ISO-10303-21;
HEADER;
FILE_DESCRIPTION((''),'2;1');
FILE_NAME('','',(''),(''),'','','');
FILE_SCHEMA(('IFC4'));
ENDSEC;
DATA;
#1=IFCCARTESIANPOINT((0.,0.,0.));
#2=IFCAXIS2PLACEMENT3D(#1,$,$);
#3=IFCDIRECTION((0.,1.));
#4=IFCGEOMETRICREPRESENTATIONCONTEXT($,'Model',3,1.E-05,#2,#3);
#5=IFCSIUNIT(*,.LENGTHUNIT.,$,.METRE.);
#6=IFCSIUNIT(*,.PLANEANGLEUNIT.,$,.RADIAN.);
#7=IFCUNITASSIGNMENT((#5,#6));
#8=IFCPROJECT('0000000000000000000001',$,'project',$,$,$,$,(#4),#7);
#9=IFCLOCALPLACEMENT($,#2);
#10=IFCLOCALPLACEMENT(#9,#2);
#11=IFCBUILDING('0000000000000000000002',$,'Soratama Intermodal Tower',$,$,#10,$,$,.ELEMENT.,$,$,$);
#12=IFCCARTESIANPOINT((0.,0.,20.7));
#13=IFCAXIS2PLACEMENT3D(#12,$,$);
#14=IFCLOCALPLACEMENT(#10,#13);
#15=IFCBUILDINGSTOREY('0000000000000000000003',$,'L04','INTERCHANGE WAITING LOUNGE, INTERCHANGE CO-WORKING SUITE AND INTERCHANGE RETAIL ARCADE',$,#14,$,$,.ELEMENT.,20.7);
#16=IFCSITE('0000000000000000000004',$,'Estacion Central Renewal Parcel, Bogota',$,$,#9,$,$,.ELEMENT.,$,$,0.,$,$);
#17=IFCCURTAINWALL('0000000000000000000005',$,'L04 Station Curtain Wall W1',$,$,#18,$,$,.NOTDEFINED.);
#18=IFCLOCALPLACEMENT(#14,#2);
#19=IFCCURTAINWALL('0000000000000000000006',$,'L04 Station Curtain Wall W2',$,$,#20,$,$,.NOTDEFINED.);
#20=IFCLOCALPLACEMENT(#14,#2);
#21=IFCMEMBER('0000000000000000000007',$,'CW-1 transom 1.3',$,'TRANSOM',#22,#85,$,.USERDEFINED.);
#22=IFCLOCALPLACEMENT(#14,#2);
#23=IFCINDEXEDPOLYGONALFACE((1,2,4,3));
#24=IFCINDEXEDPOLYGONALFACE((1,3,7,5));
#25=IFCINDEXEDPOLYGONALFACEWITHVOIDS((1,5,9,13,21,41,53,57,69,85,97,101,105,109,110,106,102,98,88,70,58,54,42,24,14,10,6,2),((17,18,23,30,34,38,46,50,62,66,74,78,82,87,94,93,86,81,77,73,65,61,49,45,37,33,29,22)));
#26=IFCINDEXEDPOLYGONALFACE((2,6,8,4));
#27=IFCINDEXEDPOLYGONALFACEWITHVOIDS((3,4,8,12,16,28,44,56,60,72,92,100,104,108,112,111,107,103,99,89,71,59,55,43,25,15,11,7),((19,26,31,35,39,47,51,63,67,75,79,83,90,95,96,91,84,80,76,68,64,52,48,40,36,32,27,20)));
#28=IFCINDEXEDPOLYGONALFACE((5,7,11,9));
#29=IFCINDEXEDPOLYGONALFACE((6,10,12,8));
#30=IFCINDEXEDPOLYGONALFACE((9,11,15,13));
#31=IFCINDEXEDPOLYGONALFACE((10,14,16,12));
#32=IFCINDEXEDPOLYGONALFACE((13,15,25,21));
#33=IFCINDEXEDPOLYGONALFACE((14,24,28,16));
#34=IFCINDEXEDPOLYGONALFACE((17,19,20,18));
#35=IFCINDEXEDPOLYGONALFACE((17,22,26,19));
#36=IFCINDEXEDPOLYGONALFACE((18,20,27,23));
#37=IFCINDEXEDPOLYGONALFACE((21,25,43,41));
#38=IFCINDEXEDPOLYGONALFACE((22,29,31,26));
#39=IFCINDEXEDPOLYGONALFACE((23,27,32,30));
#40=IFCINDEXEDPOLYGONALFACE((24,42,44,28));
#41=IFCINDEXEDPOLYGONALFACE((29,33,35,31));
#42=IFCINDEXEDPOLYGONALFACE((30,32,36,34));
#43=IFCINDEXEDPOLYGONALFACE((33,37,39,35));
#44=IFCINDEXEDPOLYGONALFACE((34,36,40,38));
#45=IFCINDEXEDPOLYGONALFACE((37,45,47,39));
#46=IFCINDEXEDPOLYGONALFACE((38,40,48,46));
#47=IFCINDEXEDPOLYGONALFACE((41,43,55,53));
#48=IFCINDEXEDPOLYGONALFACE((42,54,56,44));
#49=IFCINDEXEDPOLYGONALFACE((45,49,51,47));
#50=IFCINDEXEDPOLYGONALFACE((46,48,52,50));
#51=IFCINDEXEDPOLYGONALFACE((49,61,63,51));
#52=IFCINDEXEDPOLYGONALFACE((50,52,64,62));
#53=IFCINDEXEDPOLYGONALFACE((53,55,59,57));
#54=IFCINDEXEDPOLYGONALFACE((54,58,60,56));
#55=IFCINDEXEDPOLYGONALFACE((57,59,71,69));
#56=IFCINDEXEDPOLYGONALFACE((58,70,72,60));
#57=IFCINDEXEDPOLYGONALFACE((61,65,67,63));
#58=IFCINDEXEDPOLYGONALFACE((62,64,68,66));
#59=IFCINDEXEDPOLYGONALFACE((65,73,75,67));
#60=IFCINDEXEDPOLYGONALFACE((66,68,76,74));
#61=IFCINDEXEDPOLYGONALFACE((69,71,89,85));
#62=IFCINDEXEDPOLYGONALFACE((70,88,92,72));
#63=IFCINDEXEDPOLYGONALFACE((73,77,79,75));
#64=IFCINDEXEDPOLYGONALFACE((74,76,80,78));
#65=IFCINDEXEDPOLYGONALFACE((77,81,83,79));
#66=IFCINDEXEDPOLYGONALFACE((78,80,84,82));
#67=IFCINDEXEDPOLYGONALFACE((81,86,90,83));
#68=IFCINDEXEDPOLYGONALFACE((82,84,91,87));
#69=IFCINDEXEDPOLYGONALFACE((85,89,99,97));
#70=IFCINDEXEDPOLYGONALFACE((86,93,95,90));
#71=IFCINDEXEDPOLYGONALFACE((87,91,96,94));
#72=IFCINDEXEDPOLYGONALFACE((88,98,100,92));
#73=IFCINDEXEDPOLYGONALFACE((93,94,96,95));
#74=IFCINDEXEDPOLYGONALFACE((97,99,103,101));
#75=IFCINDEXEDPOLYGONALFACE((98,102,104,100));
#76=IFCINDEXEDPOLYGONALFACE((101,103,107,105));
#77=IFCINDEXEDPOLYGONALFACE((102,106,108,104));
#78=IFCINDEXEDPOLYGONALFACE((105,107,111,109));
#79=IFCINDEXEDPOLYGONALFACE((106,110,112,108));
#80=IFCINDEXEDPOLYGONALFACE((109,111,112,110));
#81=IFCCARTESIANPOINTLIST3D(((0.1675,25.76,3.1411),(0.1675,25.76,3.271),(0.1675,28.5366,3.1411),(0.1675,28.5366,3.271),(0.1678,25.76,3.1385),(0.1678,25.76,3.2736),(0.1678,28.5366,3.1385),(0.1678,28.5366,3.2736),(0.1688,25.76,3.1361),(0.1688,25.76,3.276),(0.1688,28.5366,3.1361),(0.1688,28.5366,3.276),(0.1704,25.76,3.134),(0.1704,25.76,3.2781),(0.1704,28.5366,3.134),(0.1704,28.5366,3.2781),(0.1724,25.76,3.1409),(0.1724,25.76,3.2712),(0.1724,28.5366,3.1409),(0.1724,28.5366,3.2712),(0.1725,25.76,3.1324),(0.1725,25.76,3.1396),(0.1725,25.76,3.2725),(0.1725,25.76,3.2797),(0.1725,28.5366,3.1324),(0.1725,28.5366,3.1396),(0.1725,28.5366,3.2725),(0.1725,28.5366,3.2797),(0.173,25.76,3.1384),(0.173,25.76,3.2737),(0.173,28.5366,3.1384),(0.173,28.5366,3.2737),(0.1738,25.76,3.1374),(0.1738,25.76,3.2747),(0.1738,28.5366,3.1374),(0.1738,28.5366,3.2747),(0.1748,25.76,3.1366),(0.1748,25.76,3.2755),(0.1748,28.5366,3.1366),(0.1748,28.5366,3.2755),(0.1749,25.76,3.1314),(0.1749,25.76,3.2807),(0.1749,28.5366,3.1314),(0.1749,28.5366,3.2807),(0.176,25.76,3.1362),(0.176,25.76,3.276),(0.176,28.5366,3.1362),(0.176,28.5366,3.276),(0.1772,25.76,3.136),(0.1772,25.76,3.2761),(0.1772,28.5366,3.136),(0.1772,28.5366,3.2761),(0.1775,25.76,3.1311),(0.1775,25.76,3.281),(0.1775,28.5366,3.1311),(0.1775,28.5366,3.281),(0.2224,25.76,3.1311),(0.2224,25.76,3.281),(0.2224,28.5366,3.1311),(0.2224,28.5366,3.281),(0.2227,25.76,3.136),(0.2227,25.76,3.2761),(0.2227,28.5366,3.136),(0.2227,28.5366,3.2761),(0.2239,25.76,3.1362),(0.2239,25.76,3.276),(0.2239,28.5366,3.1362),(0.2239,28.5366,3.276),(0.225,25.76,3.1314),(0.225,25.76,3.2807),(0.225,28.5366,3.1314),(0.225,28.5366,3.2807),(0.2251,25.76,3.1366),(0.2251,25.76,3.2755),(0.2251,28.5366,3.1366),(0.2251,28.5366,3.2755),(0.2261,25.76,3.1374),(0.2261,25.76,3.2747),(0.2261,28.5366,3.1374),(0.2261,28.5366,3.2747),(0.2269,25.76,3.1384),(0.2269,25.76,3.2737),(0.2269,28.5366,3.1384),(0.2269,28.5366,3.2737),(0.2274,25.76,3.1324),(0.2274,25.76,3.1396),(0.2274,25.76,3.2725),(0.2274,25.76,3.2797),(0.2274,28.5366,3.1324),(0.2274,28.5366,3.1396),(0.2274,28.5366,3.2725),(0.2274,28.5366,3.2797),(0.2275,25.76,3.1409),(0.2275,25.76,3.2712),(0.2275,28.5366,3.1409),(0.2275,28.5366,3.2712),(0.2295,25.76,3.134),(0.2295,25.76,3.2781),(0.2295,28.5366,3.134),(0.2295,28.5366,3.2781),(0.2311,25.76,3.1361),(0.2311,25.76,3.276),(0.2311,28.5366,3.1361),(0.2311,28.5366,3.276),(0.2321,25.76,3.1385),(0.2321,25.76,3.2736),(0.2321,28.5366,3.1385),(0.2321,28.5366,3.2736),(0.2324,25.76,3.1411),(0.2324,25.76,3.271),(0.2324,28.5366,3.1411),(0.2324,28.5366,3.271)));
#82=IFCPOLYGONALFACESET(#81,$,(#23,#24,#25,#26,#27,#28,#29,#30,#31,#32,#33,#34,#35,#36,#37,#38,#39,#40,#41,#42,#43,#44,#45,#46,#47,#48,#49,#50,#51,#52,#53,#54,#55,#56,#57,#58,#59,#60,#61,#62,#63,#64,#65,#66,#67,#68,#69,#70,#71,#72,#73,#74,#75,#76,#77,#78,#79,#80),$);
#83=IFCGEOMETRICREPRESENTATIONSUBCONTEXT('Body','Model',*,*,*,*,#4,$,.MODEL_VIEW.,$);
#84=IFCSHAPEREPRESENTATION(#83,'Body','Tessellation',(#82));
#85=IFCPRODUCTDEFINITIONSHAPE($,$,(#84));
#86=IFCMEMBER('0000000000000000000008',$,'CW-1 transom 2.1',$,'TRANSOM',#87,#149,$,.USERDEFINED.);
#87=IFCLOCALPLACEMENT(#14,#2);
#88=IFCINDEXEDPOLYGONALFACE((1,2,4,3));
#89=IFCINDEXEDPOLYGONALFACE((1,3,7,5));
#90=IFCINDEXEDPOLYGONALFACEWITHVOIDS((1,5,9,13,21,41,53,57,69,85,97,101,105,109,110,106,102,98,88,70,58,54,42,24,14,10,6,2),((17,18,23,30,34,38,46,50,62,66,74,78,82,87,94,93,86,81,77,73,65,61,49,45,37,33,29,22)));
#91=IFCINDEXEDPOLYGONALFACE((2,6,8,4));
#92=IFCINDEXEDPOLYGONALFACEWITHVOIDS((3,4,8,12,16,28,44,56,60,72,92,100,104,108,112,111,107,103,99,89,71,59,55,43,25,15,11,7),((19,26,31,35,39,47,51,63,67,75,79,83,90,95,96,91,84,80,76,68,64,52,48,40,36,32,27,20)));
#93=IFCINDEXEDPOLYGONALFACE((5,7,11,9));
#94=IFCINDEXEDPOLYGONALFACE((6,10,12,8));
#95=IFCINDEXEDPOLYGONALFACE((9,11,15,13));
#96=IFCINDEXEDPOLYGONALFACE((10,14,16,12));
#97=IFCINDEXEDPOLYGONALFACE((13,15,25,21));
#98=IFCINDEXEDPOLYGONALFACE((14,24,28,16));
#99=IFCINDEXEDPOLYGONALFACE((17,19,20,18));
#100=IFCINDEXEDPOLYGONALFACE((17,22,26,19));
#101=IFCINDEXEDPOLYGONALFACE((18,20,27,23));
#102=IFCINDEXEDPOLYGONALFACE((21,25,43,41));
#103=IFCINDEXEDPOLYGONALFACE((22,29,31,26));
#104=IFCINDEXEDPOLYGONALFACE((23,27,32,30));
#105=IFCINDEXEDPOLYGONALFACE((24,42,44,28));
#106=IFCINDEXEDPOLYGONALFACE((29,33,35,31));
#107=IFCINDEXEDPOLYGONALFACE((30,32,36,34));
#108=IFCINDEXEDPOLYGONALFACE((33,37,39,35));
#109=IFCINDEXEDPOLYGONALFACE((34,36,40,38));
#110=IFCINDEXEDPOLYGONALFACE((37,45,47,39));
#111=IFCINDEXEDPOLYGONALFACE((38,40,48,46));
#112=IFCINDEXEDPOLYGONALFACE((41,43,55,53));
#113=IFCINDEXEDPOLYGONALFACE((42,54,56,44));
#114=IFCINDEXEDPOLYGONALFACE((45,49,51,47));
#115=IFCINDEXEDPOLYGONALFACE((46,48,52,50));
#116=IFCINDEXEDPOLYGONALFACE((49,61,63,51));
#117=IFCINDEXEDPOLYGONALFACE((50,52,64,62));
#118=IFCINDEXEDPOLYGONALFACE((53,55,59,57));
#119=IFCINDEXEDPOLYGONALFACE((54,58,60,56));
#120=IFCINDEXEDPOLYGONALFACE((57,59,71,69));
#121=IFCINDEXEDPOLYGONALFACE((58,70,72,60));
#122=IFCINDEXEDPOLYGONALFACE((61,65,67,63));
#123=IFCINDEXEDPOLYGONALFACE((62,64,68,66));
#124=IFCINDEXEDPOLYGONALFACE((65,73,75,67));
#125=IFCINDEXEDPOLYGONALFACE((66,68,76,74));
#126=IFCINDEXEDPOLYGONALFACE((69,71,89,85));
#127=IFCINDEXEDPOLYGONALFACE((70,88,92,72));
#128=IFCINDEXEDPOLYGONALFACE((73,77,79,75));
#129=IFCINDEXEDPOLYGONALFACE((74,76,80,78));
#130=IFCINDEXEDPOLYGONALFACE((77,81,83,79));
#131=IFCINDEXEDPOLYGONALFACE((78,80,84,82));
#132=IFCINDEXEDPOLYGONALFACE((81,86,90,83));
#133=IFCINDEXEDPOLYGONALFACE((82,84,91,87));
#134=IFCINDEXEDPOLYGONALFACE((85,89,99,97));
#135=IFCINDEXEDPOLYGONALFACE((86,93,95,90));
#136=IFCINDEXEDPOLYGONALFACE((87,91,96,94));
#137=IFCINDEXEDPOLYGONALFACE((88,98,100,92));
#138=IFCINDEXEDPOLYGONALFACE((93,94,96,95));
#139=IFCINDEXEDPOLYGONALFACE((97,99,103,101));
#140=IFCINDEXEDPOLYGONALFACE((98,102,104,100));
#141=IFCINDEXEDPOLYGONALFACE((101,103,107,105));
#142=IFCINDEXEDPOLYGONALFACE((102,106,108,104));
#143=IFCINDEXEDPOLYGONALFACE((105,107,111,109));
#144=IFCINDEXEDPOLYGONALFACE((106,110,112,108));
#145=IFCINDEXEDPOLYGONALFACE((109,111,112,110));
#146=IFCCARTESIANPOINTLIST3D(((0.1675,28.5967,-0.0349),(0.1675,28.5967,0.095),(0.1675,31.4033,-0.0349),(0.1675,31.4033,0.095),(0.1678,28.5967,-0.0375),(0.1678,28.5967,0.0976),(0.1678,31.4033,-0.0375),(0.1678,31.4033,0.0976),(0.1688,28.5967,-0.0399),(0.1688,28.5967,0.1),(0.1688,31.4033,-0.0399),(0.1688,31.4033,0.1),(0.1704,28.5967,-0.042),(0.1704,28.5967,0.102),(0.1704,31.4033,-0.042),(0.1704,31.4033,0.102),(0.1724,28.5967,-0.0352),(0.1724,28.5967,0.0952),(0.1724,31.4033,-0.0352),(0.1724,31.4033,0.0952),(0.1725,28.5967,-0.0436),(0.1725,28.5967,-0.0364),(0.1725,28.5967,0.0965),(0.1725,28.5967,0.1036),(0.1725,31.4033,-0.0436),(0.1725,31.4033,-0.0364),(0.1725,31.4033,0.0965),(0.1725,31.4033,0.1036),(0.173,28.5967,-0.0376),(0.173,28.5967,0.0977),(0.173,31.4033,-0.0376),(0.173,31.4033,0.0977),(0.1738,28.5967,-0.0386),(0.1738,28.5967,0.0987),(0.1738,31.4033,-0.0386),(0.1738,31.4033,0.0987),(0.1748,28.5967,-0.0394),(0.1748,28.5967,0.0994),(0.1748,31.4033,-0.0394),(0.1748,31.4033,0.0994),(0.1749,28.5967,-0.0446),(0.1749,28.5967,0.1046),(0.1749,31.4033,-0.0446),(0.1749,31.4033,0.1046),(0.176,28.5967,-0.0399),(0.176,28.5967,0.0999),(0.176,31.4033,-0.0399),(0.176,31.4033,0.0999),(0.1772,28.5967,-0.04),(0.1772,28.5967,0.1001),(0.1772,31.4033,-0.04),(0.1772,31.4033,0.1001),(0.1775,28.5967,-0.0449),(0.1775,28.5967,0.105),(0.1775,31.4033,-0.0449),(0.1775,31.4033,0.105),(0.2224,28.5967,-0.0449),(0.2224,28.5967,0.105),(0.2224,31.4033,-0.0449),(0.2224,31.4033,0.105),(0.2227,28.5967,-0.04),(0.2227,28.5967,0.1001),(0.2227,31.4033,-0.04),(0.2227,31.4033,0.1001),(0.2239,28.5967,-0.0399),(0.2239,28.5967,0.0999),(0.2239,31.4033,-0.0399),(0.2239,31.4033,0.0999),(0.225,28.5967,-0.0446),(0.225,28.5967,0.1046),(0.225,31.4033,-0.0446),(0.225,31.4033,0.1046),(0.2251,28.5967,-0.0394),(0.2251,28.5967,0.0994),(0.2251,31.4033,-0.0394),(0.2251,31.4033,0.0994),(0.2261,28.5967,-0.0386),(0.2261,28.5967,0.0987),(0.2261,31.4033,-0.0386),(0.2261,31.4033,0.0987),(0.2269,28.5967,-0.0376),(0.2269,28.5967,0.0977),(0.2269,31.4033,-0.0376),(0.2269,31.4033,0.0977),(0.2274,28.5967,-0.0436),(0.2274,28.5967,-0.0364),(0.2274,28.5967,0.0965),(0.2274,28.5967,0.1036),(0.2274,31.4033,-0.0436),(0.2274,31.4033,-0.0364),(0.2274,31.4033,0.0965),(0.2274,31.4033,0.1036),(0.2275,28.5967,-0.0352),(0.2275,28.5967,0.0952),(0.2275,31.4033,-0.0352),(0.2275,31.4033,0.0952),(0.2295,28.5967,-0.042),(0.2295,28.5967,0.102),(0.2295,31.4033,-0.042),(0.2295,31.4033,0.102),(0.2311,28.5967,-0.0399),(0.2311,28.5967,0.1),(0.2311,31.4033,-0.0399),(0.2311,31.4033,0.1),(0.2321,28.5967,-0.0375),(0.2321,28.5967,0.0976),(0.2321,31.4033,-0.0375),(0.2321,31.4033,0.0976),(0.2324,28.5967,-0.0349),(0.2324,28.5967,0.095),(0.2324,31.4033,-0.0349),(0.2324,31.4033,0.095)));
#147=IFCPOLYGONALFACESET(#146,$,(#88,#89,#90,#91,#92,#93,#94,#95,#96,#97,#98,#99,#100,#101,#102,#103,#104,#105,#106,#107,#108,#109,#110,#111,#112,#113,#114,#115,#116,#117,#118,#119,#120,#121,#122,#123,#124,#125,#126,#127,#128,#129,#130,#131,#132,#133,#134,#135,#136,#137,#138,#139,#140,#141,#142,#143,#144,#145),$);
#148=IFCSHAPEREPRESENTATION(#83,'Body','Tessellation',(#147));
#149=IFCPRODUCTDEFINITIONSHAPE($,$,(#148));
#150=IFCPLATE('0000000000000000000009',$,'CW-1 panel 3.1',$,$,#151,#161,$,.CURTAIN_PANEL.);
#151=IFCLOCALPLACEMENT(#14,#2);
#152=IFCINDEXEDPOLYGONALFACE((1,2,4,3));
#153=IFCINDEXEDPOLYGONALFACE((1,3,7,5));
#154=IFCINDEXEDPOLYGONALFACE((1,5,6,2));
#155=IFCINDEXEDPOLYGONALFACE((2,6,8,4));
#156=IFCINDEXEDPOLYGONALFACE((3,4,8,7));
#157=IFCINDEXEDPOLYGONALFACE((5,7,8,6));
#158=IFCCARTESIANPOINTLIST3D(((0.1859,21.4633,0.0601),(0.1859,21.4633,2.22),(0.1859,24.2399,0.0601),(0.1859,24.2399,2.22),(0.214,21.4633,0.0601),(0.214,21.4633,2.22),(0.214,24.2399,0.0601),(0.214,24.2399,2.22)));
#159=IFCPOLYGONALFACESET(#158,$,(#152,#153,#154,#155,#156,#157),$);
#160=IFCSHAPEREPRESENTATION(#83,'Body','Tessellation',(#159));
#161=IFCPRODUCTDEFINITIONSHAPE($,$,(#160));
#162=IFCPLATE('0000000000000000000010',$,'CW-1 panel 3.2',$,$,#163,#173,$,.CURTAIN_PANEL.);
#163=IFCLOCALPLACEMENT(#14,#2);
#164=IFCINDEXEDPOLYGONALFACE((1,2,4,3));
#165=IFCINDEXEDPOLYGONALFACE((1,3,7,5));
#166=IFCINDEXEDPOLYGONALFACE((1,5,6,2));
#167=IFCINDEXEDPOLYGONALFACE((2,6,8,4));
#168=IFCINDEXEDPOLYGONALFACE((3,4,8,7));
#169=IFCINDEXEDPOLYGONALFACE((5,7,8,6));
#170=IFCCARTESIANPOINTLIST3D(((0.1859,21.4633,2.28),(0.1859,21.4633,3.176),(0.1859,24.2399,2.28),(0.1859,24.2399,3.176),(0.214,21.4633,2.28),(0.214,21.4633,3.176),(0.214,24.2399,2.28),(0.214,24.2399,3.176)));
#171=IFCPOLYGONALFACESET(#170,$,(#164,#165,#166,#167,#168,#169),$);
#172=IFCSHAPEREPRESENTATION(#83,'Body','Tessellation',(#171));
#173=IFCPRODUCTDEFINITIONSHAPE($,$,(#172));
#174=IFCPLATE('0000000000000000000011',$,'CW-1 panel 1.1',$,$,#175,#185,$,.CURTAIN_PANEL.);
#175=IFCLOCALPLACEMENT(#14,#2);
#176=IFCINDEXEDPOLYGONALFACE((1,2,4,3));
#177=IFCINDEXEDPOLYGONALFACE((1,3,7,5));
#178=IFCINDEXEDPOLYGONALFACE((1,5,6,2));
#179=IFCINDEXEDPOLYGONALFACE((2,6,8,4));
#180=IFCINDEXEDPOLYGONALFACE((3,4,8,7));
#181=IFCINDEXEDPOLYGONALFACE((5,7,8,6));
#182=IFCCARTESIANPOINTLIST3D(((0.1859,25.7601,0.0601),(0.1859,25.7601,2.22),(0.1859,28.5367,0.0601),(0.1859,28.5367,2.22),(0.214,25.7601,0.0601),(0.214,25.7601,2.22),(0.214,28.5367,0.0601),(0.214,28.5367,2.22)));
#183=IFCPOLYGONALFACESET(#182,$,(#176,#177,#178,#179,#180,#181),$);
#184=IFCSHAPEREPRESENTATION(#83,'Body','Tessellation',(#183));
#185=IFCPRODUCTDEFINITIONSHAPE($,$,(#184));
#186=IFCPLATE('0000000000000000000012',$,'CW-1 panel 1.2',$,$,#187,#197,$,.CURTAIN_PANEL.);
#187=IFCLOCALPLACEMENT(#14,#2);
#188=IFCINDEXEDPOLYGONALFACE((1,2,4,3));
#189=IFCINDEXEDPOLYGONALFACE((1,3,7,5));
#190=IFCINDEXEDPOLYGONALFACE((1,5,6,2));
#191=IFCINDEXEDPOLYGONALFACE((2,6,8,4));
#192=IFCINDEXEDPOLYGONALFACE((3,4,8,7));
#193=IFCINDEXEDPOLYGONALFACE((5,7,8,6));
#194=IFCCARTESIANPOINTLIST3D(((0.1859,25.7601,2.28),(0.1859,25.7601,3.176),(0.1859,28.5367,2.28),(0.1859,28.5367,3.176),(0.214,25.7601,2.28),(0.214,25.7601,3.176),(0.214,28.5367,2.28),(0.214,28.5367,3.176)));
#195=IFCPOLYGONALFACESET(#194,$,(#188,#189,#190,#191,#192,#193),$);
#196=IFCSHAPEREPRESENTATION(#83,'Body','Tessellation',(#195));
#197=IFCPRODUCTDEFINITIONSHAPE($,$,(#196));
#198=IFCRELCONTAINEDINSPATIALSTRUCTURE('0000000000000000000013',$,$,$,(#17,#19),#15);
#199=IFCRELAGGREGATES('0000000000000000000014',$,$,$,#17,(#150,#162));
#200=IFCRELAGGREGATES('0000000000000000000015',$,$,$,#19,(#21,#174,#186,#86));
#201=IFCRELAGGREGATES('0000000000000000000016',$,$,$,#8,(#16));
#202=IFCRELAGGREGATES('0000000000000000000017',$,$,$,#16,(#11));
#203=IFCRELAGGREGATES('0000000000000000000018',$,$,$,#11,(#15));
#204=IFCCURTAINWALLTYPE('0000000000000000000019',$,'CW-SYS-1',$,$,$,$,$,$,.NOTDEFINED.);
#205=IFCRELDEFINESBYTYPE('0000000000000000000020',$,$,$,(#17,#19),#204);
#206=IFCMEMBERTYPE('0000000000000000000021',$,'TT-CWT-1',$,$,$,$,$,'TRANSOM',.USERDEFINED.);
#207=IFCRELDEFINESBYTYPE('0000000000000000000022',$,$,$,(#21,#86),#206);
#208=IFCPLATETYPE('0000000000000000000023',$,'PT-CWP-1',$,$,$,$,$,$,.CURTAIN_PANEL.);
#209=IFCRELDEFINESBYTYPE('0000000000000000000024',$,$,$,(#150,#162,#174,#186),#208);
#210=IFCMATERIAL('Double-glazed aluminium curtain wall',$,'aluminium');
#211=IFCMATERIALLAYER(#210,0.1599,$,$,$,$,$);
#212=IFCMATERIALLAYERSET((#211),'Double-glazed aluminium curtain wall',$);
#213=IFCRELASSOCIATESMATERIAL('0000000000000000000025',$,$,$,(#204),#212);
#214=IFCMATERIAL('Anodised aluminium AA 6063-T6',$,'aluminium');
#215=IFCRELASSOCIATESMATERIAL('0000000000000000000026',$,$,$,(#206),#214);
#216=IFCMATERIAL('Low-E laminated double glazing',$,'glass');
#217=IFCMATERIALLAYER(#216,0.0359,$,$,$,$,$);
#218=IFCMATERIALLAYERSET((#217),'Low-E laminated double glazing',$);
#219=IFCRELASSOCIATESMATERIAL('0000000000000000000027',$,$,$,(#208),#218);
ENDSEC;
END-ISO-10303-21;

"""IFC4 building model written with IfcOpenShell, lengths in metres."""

from ifc_helpers import new_model, si_unit, direction, frame, origin, origin_2d, place, context, subcontext, project, spatial, rectangle, hollow_rectangle, extrude, material, layer, layer_set, material_profile, profile_set, type_object, element, aggregate, save


model = new_model("IFC4")

# Units and contexts
model_context = context("Model", 3, precision=1e-05, world=origin(), true_north=direction((0.0, 1.0)))
body_context = subcontext(model_context, "Body", "Model", "MODEL_VIEW")
ifc_project = project(units=[si_unit("LENGTHUNIT", "METRE"), si_unit("PLANEANGLEUNIT", "RADIAN")], contexts=[model_context])

# Site, building, storey
site_placement = place(None, origin())
site = spatial("IfcSite", under=ifc_project, at=site_placement, Name="Estacion Central Renewal Parcel, Bogota", CompositionType="ELEMENT", RefElevation=0.0)
building_placement = place(site_placement, origin())
building = spatial("IfcBuilding", under=site, at=building_placement, Name="Soratama Intermodal Tower", CompositionType="ELEMENT")
storey_placement = place(building_placement, frame((0.0, 0.0, 20.7)))
storey = spatial("IfcBuildingStorey", under=building, at=storey_placement, Name="L04", Description="INTERCHANGE WAITING LOUNGE, INTERCHANGE CO-WORKING SUITE AND INTERCHANGE RETAIL ARCADE", CompositionType="ELEMENT", Elevation=20.7)

# Curtain wall
ifc_material_1 = material(Name="Double-glazed aluminium curtain wall", Category="aluminium")
ifc_layer_1 = layer(ifc_material_1, 0.1599)
ifc_layer_set_1 = layer_set([ifc_layer_1], Name="Double-glazed aluminium curtain wall")
curtain_wall_type = type_object("IfcCurtainWallType", Name="CW-SYS-1", PredefinedType="NOTDEFINED", material=ifc_layer_set_1)
curtain_wall_1_placement = place(storey_placement, origin())
curtain_wall_1 = element("IfcCurtainWall", 1, at=curtain_wall_1_placement, inside=storey, type_object=curtain_wall_type, Name="L04 Station Curtain Wall W1", PredefinedType="NOTDEFINED")

# Curtain wall, members
curtain_wall_2_placement = place(storey_placement, origin())
curtain_wall_2 = element("IfcCurtainWall", 2, at=curtain_wall_2_placement, inside=storey, type_object=curtain_wall_type, Name="L04 Station Curtain Wall W2", PredefinedType="NOTDEFINED")
ifc_material_2 = material(Name="Anodised aluminium AA 6063-T6", Category="aluminium")
ifc_material_profile_1 = material_profile(ifc_material_2, hollow_rectangle(XDim=0.0649, YDim=0.1499, WallThickness=0.0049, InnerFilletRadius=0.0049, OuterFilletRadius=0.01, at=origin_2d()), Name="CWT150X65X5")
ifc_profile_set_1 = profile_set([ifc_material_profile_1], Name="Anodised aluminium AA 6063-T6")
member_type_1 = type_object("IfcMemberType", Name="TT-CWT-1", ElementType="TRANSOM", PredefinedType="USERDEFINED", material=ifc_profile_set_1)
member_1_placement = place(storey_placement, frame((0.2, 25.76, 3.2061), z_axis=(0.0, 1.0, 0.0), x_axis=(-1.0, 0.0, 0.0)))
member_1 = element("IfcMember", 3, at=member_1_placement, type_object=member_type_1, Name="CW-1 transom 1.3", ObjectType="TRANSOM", PredefinedType="USERDEFINED", context=body_context, shape_type="SweptSolid", body=[
    extrude(hollow_rectangle(XDim=0.0649, YDim=0.1499, WallThickness=0.0049, InnerFilletRadius=0.0049, OuterFilletRadius=0.01, at=origin_2d()), origin(), (0.0, 0.0, 1.0), 2.7766),
])
member_2_placement = place(storey_placement, frame((0.2, 28.5967, 0.03), z_axis=(0.0, 1.0, 0.0), x_axis=(-1.0, 0.0, 0.0)))
member_2 = element("IfcMember", 4, at=member_2_placement, type_object=member_type_1, Name="CW-1 transom 2.1", ObjectType="TRANSOM", PredefinedType="USERDEFINED", context=body_context, shape_type="SweptSolid", body=[
    extrude(hollow_rectangle(XDim=0.0649, YDim=0.1499, WallThickness=0.0049, InnerFilletRadius=0.0049, OuterFilletRadius=0.01, at=origin_2d()), origin(), (0.0, 0.0, 1.0), 2.8066),
])

# Plates
ifc_material_3 = material(Name="Low-E laminated double glazing", Category="glass")
ifc_layer_2 = layer(ifc_material_3, 0.0359)
ifc_layer_set_2 = layer_set([ifc_layer_2], Name="Low-E laminated double glazing")
plate_type = type_object("IfcPlateType", Name="PT-CWP-1", PredefinedType="CURTAIN_PANEL", material=ifc_layer_set_2)
plate_1_placement = place(storey_placement, frame((0.2, 22.8516, 0.0601), z_axis=(0.0, 0.0, 1.0), x_axis=(0.0, 1.0, 0.0)))
plate_1 = element("IfcPlate", 5, at=plate_1_placement, type_object=plate_type, Name="CW-1 panel 3.1", PredefinedType="CURTAIN_PANEL", context=body_context, shape_type="SweptSolid", body=[
    extrude(rectangle(XDim=2.7766, YDim=0.0281, at=origin_2d()), origin(), (0.0, 0.0, 1.0), 2.1599),
])
plate_2_placement = place(storey_placement, frame((0.2, 22.8516, 2.28), z_axis=(0.0, 0.0, 1.0), x_axis=(0.0, 1.0, 0.0)))
plate_2 = element("IfcPlate", 6, at=plate_2_placement, type_object=plate_type, Name="CW-1 panel 3.2", PredefinedType="CURTAIN_PANEL", context=body_context, shape_type="SweptSolid", body=[
    extrude(rectangle(XDim=2.7766, YDim=0.0281, at=origin_2d()), origin(), (0.0, 0.0, 1.0), 0.896),
])
aggregate(curtain_wall_1, [plate_1, plate_2])
plate_3_placement = place(storey_placement, frame((0.2, 27.1484, 0.0601), z_axis=(0.0, 0.0, 1.0), x_axis=(0.0, 1.0, 0.0)))
plate_3 = element("IfcPlate", 7, at=plate_3_placement, type_object=plate_type, Name="CW-1 panel 1.1", PredefinedType="CURTAIN_PANEL", context=body_context, shape_type="SweptSolid", body=[
    extrude(rectangle(XDim=2.7766, YDim=0.0281, at=origin_2d()), origin(), (0.0, 0.0, 1.0), 2.1599),
])
plate_4_placement = place(storey_placement, frame((0.2, 27.1484, 2.28), z_axis=(0.0, 0.0, 1.0), x_axis=(0.0, 1.0, 0.0)))
plate_4 = element("IfcPlate", 8, at=plate_4_placement, type_object=plate_type, Name="CW-1 panel 1.2", PredefinedType="CURTAIN_PANEL", context=body_context, shape_type="SweptSolid", body=[
    extrude(rectangle(XDim=2.7766, YDim=0.0281, at=origin_2d()), origin(), (0.0, 0.0, 1.0), 0.896),
])
aggregate(curtain_wall_2, [member_1, plate_3, plate_4, member_2])

save(model, "model.ifc")
